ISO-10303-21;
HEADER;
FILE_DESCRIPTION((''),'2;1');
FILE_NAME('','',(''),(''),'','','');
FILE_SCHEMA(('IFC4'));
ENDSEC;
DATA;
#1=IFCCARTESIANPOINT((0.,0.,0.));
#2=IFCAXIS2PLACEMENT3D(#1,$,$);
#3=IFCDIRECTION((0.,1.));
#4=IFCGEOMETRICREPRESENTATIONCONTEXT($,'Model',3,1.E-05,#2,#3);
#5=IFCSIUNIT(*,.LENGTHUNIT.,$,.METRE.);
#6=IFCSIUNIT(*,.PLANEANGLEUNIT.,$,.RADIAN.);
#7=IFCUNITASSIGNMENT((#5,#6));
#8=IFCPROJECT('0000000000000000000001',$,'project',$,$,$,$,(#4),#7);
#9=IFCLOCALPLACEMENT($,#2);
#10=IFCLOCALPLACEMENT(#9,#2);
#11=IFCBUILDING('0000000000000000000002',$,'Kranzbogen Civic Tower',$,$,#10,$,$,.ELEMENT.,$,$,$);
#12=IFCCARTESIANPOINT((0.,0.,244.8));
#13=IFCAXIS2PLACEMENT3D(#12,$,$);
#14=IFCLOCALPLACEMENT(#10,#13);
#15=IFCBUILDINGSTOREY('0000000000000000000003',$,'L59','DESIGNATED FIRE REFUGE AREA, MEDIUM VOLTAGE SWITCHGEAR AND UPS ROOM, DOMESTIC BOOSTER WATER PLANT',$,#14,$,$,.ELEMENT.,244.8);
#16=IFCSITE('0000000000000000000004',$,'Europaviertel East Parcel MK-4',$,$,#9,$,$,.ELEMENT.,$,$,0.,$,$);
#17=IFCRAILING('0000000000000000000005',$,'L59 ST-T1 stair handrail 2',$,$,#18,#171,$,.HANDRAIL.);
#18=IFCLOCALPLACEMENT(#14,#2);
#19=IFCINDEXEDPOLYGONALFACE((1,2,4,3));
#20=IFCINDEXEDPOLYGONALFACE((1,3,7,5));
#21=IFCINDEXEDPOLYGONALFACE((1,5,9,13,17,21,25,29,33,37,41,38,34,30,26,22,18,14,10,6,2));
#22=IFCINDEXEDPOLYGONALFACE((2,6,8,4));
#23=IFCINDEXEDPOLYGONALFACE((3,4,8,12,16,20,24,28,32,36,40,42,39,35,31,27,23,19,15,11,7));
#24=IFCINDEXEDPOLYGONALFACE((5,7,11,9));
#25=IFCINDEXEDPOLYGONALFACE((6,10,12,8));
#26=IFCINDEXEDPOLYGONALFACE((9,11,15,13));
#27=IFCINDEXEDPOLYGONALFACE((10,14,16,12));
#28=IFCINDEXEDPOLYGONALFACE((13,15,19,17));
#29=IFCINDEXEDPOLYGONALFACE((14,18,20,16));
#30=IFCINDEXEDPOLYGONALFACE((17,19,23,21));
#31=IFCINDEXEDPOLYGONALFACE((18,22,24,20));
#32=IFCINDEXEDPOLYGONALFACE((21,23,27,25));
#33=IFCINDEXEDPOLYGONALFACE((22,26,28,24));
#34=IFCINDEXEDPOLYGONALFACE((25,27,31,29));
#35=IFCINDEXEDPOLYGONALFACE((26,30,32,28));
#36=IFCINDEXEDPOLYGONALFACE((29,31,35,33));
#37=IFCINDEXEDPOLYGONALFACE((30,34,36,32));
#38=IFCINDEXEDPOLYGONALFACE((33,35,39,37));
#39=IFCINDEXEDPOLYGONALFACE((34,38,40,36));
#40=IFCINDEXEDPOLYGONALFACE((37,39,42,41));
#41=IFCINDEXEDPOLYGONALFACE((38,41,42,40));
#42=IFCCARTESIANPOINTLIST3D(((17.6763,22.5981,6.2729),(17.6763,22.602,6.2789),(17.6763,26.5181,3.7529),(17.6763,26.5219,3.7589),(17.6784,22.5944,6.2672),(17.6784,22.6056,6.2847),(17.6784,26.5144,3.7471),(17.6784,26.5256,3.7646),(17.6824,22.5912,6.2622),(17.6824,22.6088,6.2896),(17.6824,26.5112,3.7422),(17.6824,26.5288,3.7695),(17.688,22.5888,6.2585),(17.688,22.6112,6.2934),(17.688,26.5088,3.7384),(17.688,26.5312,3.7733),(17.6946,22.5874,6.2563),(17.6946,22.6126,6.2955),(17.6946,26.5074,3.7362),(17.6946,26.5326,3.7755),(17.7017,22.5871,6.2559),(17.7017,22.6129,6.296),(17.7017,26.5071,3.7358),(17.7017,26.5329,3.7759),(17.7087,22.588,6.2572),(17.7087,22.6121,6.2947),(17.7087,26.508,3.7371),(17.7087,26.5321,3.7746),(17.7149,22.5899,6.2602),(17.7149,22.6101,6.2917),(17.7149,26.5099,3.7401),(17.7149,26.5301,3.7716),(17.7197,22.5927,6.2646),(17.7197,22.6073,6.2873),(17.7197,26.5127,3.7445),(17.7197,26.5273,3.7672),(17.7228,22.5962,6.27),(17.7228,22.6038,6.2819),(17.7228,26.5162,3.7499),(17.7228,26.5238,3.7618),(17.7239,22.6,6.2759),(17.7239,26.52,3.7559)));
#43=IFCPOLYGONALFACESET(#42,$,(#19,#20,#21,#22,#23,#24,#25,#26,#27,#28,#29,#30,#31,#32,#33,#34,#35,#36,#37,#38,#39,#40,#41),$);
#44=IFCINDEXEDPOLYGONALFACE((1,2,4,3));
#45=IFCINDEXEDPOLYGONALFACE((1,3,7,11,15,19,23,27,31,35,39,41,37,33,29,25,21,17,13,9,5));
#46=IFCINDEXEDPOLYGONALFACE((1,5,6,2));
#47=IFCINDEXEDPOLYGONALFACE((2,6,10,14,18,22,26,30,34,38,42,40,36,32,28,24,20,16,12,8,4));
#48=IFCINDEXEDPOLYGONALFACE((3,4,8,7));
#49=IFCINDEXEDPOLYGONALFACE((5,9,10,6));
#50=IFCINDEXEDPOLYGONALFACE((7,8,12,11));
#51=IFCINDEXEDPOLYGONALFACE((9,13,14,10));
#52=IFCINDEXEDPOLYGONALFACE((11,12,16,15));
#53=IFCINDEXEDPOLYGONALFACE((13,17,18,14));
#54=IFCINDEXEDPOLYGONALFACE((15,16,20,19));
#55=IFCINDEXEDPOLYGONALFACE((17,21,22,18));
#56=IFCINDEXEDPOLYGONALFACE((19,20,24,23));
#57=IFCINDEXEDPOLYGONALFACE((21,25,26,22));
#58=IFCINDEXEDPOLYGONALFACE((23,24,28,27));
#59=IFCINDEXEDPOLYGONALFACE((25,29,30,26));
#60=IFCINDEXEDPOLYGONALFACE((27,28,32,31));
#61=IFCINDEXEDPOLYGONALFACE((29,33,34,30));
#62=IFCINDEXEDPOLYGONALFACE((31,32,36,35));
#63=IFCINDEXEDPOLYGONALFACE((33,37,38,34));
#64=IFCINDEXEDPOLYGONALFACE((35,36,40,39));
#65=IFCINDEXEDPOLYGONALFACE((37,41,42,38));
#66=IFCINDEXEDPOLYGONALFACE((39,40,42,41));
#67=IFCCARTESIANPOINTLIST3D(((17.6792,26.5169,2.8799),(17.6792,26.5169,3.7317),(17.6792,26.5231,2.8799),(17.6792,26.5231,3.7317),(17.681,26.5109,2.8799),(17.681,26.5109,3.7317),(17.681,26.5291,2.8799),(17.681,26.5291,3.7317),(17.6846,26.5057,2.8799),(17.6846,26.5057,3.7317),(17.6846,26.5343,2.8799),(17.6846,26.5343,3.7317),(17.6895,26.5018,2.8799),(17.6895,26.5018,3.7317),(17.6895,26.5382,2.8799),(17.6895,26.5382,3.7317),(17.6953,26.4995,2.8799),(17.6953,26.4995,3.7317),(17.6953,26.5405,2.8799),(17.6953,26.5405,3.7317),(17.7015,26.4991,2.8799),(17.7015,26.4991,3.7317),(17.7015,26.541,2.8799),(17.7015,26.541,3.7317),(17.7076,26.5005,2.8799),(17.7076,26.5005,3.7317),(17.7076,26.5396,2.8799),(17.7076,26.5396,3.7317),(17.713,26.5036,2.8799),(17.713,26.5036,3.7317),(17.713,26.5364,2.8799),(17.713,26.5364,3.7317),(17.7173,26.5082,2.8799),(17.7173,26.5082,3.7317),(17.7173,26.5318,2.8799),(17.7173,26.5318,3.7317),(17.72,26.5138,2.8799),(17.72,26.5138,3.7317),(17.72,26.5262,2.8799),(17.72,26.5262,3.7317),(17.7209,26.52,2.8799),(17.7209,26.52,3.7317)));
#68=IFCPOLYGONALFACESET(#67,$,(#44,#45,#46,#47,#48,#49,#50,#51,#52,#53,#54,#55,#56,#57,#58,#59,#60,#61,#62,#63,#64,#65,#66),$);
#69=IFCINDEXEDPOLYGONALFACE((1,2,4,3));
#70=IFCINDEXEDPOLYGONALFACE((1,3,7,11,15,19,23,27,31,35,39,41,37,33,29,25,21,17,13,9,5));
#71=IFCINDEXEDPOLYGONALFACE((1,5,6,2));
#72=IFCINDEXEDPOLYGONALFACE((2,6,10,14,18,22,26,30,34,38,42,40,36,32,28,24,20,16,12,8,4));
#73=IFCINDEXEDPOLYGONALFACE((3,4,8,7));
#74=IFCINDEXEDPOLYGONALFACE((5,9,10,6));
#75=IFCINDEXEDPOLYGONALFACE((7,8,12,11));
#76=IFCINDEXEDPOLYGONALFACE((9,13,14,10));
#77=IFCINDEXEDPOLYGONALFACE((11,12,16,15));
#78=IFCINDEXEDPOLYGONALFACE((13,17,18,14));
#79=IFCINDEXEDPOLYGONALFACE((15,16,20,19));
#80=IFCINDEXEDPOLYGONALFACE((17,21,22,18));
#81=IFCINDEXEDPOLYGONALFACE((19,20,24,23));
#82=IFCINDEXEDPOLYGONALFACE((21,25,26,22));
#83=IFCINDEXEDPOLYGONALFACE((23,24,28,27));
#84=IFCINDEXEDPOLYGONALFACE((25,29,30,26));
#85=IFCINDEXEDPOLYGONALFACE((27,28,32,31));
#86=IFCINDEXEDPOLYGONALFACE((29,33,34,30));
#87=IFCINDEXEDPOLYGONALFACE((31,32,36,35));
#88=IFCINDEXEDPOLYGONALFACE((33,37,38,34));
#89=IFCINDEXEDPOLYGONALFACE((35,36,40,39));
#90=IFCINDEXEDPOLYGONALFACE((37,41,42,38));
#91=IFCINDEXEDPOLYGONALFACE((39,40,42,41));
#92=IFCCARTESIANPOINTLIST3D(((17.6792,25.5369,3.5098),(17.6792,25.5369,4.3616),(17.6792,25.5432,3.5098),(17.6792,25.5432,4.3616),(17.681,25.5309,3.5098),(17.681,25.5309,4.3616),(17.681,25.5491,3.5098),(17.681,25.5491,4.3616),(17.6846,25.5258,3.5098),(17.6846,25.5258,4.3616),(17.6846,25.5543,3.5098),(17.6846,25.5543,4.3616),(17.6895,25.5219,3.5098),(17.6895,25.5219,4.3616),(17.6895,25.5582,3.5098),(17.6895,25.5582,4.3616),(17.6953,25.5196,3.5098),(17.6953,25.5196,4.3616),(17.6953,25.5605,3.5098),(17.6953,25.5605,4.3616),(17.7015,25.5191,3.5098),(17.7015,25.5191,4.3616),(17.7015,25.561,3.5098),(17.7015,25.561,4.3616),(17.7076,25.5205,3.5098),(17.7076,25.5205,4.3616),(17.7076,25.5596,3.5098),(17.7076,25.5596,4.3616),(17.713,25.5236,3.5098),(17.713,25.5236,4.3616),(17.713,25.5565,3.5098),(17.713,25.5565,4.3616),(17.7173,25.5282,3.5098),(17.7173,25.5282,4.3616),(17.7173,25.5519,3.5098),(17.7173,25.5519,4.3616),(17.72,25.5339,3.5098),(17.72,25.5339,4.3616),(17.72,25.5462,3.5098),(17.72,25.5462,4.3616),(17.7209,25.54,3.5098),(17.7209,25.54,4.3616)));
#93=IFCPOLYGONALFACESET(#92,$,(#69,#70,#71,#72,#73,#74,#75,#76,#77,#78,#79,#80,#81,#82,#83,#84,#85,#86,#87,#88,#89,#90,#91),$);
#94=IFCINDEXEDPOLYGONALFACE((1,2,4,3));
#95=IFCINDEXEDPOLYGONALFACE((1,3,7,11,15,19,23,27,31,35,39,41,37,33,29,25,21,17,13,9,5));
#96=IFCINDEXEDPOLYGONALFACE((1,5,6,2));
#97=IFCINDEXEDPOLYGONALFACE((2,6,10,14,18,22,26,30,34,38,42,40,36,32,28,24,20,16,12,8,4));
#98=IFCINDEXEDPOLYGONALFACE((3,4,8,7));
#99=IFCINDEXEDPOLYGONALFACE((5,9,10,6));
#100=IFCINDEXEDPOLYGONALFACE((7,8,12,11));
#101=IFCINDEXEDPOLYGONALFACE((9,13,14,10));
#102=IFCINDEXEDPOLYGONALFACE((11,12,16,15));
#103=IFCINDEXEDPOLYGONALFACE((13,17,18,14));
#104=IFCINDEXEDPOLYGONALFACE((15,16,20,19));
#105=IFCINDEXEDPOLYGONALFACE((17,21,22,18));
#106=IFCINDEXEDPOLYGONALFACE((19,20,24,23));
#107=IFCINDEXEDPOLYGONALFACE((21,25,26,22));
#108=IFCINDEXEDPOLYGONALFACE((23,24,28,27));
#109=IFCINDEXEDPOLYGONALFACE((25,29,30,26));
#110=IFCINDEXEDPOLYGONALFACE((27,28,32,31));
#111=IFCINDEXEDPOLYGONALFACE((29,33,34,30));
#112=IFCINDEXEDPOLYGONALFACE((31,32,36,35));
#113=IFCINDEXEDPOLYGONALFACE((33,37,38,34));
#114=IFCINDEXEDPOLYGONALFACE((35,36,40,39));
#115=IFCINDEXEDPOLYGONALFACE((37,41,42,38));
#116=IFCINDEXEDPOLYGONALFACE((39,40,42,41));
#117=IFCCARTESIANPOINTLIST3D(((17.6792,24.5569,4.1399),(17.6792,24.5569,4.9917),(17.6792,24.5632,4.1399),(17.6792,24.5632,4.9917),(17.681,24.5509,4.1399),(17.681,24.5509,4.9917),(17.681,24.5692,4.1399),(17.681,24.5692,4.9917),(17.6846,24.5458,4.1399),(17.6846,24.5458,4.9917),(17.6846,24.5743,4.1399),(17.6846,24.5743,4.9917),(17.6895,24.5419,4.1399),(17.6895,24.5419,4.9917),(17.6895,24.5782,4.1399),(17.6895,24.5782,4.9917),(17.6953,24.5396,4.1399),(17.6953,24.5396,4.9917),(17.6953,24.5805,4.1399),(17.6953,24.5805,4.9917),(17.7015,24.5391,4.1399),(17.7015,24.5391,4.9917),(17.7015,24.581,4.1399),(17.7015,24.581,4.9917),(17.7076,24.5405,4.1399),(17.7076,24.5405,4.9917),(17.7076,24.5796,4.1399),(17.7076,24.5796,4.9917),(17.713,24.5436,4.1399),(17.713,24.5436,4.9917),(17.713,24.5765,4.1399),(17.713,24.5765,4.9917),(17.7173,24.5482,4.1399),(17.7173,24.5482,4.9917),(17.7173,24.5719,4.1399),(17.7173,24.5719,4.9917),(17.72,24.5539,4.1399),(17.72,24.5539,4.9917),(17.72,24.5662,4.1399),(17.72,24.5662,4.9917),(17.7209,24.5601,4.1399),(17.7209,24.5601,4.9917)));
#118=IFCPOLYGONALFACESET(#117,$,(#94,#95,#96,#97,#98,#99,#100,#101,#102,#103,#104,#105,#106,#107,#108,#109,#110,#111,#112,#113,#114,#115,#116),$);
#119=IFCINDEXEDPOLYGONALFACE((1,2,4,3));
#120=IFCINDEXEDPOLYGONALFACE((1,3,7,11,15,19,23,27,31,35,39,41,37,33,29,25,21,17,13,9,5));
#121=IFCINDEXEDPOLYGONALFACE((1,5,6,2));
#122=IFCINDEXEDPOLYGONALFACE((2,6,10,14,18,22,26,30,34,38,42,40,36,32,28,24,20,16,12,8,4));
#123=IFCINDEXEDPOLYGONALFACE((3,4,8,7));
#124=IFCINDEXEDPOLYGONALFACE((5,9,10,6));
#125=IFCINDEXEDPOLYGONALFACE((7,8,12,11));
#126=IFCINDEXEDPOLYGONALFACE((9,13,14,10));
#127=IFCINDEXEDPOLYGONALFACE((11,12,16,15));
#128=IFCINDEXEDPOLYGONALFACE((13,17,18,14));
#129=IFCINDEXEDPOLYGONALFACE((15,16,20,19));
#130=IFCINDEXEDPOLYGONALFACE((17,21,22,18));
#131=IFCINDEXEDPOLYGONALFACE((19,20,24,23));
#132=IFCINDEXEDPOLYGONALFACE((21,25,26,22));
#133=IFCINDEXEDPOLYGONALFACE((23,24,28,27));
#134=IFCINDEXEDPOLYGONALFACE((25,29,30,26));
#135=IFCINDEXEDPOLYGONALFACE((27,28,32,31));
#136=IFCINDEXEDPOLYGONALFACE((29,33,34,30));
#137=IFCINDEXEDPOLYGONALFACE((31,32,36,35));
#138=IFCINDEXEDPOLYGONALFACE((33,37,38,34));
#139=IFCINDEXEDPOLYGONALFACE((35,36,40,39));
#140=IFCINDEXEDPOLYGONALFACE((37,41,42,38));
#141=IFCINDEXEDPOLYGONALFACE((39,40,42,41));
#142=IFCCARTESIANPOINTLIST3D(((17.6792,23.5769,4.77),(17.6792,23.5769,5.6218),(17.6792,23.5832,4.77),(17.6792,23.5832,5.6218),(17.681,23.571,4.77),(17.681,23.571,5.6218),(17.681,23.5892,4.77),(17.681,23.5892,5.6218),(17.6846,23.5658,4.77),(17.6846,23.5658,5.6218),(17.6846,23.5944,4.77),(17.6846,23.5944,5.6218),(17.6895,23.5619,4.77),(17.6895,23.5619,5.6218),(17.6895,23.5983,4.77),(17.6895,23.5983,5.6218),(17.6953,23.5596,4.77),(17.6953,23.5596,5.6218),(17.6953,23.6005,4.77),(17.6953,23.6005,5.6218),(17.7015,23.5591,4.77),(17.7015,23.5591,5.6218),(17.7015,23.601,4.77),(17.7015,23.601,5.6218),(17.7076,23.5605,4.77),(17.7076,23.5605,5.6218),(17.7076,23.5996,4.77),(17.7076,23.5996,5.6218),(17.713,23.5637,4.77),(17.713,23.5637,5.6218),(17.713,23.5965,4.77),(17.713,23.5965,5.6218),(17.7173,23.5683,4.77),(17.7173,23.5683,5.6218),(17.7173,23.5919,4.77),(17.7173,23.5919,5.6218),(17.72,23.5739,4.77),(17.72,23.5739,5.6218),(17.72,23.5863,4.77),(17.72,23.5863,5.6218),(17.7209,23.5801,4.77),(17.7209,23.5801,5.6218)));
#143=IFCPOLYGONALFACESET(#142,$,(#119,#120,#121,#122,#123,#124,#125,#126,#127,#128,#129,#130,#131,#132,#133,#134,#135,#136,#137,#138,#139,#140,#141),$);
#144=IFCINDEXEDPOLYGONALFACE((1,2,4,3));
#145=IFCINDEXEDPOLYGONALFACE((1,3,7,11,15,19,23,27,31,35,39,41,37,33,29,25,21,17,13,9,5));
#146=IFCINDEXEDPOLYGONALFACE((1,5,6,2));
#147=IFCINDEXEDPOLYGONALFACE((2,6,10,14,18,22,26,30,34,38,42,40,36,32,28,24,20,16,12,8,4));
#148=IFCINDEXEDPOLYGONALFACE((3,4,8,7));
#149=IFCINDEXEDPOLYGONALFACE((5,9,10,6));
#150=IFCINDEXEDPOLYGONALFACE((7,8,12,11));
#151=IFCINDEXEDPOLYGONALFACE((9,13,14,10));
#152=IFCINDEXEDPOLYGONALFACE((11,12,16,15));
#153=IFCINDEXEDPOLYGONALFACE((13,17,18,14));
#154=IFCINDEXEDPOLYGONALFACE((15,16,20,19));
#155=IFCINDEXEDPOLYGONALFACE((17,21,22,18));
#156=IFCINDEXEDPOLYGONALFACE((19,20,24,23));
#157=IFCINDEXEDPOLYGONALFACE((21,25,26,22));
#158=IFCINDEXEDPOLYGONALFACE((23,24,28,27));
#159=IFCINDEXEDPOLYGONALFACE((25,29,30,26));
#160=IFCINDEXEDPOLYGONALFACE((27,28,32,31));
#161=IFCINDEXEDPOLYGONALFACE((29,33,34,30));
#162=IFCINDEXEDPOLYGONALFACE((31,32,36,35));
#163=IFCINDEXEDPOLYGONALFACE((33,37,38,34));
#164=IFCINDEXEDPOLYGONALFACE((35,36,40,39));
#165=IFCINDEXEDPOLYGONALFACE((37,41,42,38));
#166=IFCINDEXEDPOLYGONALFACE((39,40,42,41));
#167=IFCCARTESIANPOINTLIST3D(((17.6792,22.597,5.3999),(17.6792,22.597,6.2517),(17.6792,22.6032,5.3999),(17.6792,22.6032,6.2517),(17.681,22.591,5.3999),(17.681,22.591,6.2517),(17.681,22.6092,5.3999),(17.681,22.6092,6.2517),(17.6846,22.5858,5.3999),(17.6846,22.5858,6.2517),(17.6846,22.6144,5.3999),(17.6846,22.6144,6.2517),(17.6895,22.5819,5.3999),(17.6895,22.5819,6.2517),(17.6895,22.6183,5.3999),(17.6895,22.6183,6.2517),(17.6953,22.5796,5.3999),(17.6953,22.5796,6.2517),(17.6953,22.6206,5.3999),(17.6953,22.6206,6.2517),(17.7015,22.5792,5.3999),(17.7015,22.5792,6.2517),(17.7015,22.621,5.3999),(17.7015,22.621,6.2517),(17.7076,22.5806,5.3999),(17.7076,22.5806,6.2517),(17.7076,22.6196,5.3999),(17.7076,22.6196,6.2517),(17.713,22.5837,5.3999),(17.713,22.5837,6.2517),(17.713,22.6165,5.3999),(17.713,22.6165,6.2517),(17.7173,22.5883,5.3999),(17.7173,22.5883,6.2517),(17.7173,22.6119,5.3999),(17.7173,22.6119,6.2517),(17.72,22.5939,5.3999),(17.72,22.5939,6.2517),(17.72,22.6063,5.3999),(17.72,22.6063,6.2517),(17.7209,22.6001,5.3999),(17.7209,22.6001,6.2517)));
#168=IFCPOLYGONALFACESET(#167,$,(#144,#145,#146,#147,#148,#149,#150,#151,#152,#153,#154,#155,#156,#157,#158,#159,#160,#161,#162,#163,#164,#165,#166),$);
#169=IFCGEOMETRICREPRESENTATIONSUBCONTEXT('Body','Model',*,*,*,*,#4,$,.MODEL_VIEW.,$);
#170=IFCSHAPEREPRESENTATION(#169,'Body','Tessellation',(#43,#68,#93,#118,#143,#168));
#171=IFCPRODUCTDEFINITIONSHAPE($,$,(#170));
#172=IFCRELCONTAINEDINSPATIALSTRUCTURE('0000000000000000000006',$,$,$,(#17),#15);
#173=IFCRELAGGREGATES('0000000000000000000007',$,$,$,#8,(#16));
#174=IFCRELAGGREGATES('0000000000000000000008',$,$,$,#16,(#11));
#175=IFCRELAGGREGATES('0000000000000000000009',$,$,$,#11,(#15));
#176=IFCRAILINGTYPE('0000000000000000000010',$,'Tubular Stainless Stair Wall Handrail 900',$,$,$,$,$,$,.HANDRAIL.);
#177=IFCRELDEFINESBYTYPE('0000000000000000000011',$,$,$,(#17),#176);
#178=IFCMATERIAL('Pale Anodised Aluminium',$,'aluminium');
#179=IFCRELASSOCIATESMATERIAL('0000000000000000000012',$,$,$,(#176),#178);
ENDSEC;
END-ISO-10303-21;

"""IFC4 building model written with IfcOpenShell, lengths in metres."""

from ifc_helpers import new_model, si_unit, direction, frame, origin, origin_2d, place, context, subcontext, project, spatial, circle, extrude, material, type_object, element, save


model = new_model("IFC4")

# Units and contexts
model_context = context("Model", 3, precision=1e-05, world=origin(), true_north=direction((0.0, 1.0)))
body_context = subcontext(model_context, "Body", "Model", "MODEL_VIEW")
ifc_project = project(units=[si_unit("LENGTHUNIT", "METRE"), si_unit("PLANEANGLEUNIT", "RADIAN")], contexts=[model_context])

# Site, building, storey
site_placement = place(None, origin())
site = spatial("IfcSite", under=ifc_project, at=site_placement, Name="Europaviertel East Parcel MK-4", CompositionType="ELEMENT", RefElevation=0.0)
building_placement = place(site_placement, origin())
building = spatial("IfcBuilding", under=site, at=building_placement, Name="Kranzbogen Civic Tower", CompositionType="ELEMENT")
storey_placement = place(building_placement, frame((0.0, 0.0, 244.8)))
storey = spatial("IfcBuildingStorey", under=building, at=storey_placement, Name="L59", Description="DESIGNATED FIRE REFUGE AREA, MEDIUM VOLTAGE SWITCHGEAR AND UPS ROOM, DOMESTIC BOOSTER WATER PLANT", CompositionType="ELEMENT", Elevation=244.8)

# Shared definitions
ifc_material_1 = material(Name="Pale Anodised Aluminium", Category="aluminium")

# Railing
railing_type_1 = type_object("IfcRailingType", Name="Tubular Stainless Stair Wall Handrail 900", PredefinedType="HANDRAIL", material=ifc_material_1)
railing_1_placement = place(storey_placement, frame((17.7, 26.52, 2.8799)))
element("IfcRailing", 1, at=railing_1_placement, inside=storey, type_object=railing_type_1, Name="L59 ST-T1 stair handrail 2", PredefinedType="HANDRAIL", context=body_context, shape_type="SweptSolid", body=[
    extrude(circle(Radius=0.0239, at=origin_2d()), frame((0.0, 0.0, 0.876), z_axis=(0.0, -0.841172, 0.540768), x_axis=(1.0, 0.0, 0.0)), (0.0, 0.0, 1.0), 4.6602),
    extrude(circle(Radius=0.021, at=origin_2d()), origin(), (0.0, 0.0, 1.0), 0.8518),
    extrude(circle(Radius=0.021, at=origin_2d()), frame((0.0, -0.98, 0.6299)), (0.0, 0.0, 1.0), 0.8518),
    extrude(circle(Radius=0.021, at=origin_2d()), frame((0.0, -1.96, 1.26)), (0.0, 0.0, 1.0), 0.8518),
    extrude(circle(Radius=0.021, at=origin_2d()), frame((0.0, -2.9399, 1.8901)), (0.0, 0.0, 1.0), 0.8518),
    extrude(circle(Radius=0.021, at=origin_2d()), frame((0.0, -3.9199, 2.52)), (0.0, 0.0, 1.0), 0.8518),
])

save(model, "model.ifc")
